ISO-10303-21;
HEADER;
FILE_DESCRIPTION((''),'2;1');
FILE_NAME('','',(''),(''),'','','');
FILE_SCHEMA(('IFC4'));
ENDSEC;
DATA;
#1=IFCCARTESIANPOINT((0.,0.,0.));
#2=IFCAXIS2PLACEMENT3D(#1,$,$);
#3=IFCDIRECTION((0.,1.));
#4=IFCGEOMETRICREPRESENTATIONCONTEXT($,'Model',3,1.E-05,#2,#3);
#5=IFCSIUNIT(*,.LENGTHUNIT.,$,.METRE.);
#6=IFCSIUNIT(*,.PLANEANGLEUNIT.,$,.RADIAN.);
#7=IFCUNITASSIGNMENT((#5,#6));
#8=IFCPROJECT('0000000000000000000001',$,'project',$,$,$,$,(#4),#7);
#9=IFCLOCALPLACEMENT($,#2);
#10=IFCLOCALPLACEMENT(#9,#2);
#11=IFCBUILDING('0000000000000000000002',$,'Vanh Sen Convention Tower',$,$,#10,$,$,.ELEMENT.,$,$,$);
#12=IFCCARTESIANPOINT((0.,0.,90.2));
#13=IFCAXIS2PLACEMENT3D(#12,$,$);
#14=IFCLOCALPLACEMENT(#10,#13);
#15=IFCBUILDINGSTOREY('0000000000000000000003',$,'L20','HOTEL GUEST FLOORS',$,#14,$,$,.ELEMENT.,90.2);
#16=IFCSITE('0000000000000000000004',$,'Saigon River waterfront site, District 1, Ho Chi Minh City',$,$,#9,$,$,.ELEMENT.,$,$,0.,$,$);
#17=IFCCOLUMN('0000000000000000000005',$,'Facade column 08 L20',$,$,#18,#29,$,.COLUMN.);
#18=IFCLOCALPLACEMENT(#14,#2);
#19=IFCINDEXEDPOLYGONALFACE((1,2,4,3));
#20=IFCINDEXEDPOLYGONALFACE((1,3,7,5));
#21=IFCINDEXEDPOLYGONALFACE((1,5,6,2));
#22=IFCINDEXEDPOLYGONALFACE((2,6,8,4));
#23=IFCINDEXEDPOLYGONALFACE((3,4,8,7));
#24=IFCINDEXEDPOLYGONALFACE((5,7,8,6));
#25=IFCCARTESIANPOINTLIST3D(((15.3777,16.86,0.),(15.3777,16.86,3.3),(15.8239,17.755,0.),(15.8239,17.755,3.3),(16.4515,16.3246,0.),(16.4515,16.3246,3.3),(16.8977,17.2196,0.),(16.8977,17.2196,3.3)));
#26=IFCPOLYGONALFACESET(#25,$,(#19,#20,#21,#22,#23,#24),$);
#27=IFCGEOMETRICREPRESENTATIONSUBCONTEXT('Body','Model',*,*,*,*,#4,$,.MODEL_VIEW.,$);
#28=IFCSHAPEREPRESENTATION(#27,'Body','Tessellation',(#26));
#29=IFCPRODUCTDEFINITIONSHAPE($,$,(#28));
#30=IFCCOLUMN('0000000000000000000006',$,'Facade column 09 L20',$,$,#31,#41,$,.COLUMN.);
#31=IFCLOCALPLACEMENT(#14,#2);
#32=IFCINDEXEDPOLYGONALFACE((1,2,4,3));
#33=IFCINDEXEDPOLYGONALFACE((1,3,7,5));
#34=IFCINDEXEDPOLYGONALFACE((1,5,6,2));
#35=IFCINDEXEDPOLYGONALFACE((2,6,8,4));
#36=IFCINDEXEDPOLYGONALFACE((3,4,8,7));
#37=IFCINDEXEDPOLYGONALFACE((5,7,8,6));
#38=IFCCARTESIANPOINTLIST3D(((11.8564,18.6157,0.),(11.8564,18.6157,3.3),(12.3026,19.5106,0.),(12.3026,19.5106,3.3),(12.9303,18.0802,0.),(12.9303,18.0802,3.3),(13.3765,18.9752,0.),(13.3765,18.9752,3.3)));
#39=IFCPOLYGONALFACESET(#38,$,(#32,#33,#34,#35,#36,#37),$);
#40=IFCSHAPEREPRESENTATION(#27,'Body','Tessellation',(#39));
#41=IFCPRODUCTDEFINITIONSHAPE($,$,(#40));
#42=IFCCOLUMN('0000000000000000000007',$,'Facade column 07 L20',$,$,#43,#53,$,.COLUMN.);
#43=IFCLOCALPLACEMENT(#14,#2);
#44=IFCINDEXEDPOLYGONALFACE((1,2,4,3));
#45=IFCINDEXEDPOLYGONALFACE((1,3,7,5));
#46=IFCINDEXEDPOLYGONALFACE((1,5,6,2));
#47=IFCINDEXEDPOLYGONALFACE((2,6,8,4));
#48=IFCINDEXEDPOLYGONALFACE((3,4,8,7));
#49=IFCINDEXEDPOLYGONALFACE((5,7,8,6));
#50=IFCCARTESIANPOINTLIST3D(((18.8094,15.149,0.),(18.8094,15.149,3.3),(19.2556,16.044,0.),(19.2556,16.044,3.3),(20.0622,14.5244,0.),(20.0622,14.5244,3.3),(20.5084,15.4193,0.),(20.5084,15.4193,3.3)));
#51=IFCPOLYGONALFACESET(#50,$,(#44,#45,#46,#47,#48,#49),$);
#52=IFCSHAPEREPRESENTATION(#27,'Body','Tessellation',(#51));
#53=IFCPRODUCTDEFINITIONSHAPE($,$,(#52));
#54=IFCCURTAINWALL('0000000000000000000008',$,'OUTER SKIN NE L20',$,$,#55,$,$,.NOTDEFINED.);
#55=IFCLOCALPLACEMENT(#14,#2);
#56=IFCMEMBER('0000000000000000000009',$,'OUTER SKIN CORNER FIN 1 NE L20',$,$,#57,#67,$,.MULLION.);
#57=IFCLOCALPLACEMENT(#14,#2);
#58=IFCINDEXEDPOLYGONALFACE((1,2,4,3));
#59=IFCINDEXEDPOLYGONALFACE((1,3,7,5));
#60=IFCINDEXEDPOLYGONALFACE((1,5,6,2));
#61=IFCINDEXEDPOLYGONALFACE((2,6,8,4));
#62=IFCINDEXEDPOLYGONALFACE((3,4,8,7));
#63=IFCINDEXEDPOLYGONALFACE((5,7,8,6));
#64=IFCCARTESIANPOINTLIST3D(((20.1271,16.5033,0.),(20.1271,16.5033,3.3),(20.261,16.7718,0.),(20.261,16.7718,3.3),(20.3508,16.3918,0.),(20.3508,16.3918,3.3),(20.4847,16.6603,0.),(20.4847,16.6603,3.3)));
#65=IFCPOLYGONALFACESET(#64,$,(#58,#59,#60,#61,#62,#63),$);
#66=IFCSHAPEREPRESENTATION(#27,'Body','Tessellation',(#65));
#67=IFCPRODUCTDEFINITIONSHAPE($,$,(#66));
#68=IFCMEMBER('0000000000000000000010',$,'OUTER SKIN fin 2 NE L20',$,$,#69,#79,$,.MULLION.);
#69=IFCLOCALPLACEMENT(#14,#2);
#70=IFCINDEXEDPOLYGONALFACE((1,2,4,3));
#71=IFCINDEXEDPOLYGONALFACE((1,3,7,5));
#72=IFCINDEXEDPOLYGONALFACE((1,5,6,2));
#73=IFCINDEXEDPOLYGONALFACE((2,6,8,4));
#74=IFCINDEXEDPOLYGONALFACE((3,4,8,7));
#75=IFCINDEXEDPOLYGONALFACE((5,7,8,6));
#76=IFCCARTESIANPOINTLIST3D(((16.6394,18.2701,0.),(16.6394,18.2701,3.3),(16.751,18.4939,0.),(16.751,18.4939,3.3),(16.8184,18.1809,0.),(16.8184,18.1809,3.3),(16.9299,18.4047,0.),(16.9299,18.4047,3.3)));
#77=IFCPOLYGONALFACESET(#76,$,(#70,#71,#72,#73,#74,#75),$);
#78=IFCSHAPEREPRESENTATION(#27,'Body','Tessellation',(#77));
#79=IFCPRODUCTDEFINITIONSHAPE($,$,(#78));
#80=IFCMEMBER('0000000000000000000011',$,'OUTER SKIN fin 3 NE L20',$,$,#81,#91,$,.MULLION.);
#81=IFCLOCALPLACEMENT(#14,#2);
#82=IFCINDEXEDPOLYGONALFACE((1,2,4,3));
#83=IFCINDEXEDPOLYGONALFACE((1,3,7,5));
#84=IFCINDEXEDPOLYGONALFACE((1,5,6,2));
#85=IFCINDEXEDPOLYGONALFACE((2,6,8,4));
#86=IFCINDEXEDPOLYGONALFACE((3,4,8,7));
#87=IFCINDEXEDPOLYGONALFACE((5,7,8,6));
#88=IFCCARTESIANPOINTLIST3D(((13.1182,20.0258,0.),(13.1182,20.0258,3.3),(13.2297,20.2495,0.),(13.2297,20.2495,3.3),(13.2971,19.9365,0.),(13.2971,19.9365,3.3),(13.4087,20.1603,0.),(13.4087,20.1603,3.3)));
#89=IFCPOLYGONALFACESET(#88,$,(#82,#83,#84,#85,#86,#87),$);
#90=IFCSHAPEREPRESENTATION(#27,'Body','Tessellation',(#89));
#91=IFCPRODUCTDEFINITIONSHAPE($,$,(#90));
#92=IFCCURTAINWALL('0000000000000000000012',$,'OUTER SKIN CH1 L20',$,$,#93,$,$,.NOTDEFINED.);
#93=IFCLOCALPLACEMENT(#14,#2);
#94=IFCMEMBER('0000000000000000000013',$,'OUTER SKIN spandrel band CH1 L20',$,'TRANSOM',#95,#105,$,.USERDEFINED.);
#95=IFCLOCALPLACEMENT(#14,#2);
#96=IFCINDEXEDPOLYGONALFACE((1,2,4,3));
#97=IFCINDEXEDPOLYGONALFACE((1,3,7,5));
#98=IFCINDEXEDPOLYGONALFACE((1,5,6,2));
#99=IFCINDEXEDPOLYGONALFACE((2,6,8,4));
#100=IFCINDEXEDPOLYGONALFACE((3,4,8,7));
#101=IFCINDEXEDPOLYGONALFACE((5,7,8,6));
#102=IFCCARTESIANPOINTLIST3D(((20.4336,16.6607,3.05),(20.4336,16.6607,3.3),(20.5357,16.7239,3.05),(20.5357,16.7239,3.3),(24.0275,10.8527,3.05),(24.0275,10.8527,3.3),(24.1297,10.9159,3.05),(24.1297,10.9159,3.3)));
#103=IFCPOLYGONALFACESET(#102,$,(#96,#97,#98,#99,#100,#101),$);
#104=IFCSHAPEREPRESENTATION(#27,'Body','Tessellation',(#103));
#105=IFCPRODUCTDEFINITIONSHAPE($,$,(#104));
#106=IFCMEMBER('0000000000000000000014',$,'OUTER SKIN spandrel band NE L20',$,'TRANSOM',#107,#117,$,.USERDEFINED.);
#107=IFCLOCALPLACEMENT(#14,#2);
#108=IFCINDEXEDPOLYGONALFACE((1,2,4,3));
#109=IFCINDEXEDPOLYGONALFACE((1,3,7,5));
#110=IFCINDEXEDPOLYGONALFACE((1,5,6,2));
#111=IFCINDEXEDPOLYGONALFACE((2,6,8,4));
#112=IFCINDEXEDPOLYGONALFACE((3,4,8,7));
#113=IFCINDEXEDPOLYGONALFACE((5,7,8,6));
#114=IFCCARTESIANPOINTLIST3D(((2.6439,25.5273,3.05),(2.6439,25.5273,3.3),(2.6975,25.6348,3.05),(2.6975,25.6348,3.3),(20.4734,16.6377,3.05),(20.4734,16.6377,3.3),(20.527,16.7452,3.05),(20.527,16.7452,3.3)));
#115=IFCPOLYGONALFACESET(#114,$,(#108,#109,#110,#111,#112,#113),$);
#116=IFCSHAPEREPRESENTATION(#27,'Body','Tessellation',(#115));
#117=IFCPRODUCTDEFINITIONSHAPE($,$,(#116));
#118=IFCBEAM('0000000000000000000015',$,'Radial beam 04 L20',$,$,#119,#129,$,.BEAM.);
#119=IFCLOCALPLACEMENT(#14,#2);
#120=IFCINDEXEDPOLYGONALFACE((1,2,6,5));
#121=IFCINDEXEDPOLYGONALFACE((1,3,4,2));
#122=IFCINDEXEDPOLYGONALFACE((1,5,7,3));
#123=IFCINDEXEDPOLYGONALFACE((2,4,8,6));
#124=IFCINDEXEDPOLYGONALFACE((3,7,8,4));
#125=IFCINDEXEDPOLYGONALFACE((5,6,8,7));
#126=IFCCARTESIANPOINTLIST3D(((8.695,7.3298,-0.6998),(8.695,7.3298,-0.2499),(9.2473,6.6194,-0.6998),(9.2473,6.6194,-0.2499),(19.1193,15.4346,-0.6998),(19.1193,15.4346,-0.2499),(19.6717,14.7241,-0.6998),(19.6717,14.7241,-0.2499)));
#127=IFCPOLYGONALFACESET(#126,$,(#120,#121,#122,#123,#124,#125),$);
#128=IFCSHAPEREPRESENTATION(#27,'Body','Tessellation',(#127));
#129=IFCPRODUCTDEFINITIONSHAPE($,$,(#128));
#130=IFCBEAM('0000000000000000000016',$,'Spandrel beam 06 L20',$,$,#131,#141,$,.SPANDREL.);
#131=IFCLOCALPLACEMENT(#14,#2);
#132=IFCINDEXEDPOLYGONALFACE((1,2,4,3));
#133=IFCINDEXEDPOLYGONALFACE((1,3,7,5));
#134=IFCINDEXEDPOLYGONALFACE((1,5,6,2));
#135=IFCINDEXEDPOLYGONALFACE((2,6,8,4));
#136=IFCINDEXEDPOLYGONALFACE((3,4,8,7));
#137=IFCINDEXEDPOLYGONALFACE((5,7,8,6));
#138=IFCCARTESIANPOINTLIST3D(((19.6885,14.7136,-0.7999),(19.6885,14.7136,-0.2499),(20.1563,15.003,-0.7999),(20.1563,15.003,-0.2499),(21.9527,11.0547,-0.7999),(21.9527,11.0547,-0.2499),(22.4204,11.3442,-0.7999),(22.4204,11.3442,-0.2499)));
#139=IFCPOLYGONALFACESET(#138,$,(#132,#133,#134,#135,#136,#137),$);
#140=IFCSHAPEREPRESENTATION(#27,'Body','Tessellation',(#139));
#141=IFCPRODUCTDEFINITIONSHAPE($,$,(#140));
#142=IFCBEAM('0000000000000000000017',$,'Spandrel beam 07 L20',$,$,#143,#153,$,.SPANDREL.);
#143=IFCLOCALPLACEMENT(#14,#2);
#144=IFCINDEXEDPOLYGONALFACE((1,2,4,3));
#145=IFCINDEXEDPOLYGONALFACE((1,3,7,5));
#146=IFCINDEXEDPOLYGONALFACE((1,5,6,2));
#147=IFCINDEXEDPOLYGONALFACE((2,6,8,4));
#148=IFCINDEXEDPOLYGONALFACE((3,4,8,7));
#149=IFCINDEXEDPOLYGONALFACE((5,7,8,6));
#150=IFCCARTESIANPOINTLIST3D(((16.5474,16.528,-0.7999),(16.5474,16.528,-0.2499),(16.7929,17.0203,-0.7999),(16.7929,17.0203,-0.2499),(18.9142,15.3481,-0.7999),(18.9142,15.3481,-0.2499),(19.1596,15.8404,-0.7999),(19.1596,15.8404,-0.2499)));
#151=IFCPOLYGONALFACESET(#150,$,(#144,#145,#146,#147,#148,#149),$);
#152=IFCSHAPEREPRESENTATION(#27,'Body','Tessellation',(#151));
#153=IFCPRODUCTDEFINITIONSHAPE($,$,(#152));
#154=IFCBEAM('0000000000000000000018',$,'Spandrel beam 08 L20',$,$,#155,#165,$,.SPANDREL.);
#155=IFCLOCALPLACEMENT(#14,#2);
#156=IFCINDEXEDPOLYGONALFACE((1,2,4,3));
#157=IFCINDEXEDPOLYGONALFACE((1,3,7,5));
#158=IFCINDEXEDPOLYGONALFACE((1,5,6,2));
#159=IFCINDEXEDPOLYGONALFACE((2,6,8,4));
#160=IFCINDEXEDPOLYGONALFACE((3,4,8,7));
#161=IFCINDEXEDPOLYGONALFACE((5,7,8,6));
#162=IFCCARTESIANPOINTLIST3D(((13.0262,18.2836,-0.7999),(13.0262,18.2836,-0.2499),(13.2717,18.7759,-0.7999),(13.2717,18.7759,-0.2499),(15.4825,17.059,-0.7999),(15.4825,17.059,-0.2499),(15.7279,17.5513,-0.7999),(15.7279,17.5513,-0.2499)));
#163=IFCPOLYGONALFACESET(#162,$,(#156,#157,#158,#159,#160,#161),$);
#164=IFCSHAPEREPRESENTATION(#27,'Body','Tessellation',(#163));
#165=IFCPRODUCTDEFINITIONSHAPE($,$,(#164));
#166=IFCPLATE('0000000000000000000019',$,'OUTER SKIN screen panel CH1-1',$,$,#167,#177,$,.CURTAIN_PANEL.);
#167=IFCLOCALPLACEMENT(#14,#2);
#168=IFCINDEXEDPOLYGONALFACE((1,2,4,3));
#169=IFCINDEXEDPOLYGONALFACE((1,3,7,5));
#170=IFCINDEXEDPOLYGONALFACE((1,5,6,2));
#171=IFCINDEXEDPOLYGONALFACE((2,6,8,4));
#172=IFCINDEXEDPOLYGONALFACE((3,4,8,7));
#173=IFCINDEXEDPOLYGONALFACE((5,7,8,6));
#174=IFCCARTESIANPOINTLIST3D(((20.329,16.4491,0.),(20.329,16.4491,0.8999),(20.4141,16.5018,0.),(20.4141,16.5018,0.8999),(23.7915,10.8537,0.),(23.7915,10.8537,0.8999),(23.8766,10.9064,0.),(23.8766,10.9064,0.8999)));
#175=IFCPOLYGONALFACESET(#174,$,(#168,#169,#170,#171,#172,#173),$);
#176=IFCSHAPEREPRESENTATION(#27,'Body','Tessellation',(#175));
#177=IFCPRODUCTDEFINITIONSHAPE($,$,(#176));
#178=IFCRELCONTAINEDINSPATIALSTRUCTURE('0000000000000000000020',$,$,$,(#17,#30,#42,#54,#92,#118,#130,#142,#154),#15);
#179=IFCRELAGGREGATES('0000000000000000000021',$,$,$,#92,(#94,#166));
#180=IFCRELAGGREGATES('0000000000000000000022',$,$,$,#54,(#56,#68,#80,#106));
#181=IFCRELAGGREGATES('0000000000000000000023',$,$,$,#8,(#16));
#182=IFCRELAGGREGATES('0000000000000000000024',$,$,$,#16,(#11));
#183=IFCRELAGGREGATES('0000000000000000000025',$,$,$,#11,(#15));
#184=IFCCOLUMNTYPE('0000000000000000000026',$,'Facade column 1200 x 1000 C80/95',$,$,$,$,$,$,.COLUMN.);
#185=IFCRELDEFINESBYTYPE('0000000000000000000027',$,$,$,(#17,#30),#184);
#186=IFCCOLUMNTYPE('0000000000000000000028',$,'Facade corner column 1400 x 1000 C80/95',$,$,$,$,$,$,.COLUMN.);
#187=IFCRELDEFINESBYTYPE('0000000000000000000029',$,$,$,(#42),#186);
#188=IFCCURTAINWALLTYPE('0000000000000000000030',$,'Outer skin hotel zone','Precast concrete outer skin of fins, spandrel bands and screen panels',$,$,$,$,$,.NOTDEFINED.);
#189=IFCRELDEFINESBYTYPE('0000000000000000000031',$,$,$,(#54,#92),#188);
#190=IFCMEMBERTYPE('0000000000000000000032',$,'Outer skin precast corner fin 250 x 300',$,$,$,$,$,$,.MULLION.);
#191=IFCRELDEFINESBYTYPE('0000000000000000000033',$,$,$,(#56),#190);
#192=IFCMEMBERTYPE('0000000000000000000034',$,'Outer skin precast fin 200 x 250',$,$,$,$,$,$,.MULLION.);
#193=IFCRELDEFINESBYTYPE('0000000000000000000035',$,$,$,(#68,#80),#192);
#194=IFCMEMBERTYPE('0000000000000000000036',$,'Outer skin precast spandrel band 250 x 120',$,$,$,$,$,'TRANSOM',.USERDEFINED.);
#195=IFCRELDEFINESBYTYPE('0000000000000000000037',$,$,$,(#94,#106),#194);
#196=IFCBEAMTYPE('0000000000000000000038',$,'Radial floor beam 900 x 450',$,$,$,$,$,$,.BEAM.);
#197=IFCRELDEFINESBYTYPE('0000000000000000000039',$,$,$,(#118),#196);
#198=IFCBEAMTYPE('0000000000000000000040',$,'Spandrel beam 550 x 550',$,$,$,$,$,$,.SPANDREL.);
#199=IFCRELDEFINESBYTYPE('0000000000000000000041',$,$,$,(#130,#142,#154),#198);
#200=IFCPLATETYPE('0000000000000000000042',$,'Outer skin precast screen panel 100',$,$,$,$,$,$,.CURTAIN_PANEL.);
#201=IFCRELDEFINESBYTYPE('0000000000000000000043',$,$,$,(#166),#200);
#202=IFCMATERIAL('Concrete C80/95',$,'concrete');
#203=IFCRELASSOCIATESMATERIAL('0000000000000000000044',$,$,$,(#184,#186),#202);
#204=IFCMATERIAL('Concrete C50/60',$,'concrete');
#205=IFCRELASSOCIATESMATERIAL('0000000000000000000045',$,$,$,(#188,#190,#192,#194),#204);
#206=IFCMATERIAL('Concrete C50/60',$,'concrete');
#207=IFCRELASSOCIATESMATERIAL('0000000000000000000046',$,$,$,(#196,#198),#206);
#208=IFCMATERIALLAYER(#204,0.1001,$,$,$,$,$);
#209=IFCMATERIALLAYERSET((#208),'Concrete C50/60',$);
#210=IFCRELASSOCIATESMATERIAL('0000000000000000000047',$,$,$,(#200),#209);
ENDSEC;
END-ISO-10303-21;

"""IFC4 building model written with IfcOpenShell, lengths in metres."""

from ifc_helpers import new_model, si_unit, direction, frame, origin, origin_2d, place, context, subcontext, project, spatial, rectangle, extrude, material, layer, layer_set, material_profile, profile_set, type_object, element, aggregate, save


model = new_model("IFC4")

# Units and contexts
model_context = context("Model", 3, precision=1e-05, world=origin(), true_north=direction((0.0, 1.0)))
body_context = subcontext(model_context, "Body", "Model", "MODEL_VIEW")
ifc_project = project(units=[si_unit("LENGTHUNIT", "METRE"), si_unit("PLANEANGLEUNIT", "RADIAN")], contexts=[model_context])

# Site, building, storey
site_placement = place(None, origin())
site = spatial("IfcSite", under=ifc_project, at=site_placement, Name="Saigon River waterfront site, District 1, Ho Chi Minh City", CompositionType="ELEMENT", RefElevation=0.0)
building_placement = place(site_placement, origin())
building = spatial("IfcBuilding", under=site, at=building_placement, Name="Vanh Sen Convention Tower", CompositionType="ELEMENT")
storey_placement = place(building_placement, frame((0.0, 0.0, 90.2)))
storey = spatial("IfcBuildingStorey", under=building, at=storey_placement, Name="L20", Description="HOTEL GUEST FLOORS", CompositionType="ELEMENT", Elevation=90.2)

# Columns
ifc_material_1 = material(Name="Concrete C80/95", Category="concrete")
ifc_material_profile_1 = material_profile(ifc_material_1, rectangle(XDim=1.2, YDim=1.0, at=origin_2d()), Name="RC 1200X1000")
ifc_profile_set_1 = profile_set([ifc_material_profile_1], Name="Concrete C80/95")
column_type_1 = type_object("IfcColumnType", Name="Facade column 1200 x 1000 C80/95", PredefinedType="COLUMN", material=ifc_profile_set_1)
for number, where, z_axis, x_axis, name in (
    (1, (16.1377, 17.0398, 0.0), (0.0, 0.0, 1.0), (-0.894934, 0.446198, 0.0), "Facade column 08 L20"),
    (2, (12.6165, 18.7954, 0.0), (0.0, 0.0, 1.0), (-0.894934, 0.446198, 0.0), "Facade column 09 L20"),
):
    element("IfcColumn", number, at=place(storey_placement, frame(where, z_axis=z_axis, x_axis=x_axis)), inside=storey, type_object=column_type_1, Name=name, PredefinedType="COLUMN", context=body_context, shape_type="SweptSolid", body=[
        extrude(rectangle(XDim=1.2, YDim=1.0, at=origin_2d()), origin(), (0.0, 0.0, 1.0), 3.3),
    ])
ifc_material_profile_2 = material_profile(ifc_material_1, rectangle(XDim=1.3999, YDim=1.0, at=origin_2d()), Name="RC 1400X1000")
ifc_profile_set_2 = profile_set([ifc_material_profile_2], Name="Concrete C80/95")
column_type_2 = type_object("IfcColumnType", Name="Facade corner column 1400 x 1000 C80/95", PredefinedType="COLUMN", material=ifc_profile_set_2)
column_placement = place(storey_placement, frame((19.6589, 15.2842, 0.0), z_axis=(0.0, 0.0, 1.0), x_axis=(-0.894934, 0.446198, 0.0)))
element("IfcColumn", 3, at=column_placement, inside=storey, type_object=column_type_2, Name="Facade column 07 L20", PredefinedType="COLUMN", context=body_context, shape_type="SweptSolid", body=[
    extrude(rectangle(XDim=1.3999, YDim=1.0, at=origin_2d()), origin(), (0.0, 0.0, 1.0), 3.3),
])

# Curtain wall, members
ifc_material_2 = material(Name="Concrete C50/60", Category="concrete")
curtain_wall_type = type_object("IfcCurtainWallType", Name="Outer skin hotel zone", Description="Precast concrete outer skin of fins, spandrel bands and screen panels", PredefinedType="NOTDEFINED", material=ifc_material_2)
curtain_wall_1_placement = place(storey_placement, origin())
curtain_wall_1 = element("IfcCurtainWall", 4, at=curtain_wall_1_placement, inside=storey, type_object=curtain_wall_type, Name="OUTER SKIN NE L20", PredefinedType="NOTDEFINED")
ifc_material_profile_3 = material_profile(ifc_material_2, rectangle(XDim=0.25, YDim=0.3, at=origin_2d()), Name="Outer skin precast corner fin 250 x 300")
ifc_profile_set_3 = profile_set([ifc_material_profile_3], Name="Concrete C50/60")
member_type_1 = type_object("IfcMemberType", Name="Outer skin precast corner fin 250 x 300", PredefinedType="MULLION", material=ifc_profile_set_3)
member_1_placement = place(storey_placement, frame((20.3059, 16.5818, 0.0), z_axis=(0.0, 0.0, 1.0), x_axis=(-0.894934, 0.446198, 0.0)))
member_1 = element("IfcMember", 5, at=member_1_placement, type_object=member_type_1, Name="OUTER SKIN CORNER FIN 1 NE L20", PredefinedType="MULLION", context=body_context, shape_type="SweptSolid", body=[
    extrude(rectangle(XDim=0.25, YDim=0.3, at=origin_2d()), origin(), (0.0, 0.0, 1.0), 3.3),
])
ifc_material_profile_4 = material_profile(ifc_material_2, rectangle(XDim=0.2, YDim=0.25, at=origin_2d()), Name="Outer skin precast fin 200 x 250")
ifc_profile_set_4 = profile_set([ifc_material_profile_4], Name="Concrete C50/60")
member_type_2 = type_object("IfcMemberType", Name="Outer skin precast fin 200 x 250", PredefinedType="MULLION", material=ifc_profile_set_4)
member_2_placement = place(storey_placement, frame((16.7847, 18.3374, 0.0), z_axis=(0.0, 0.0, 1.0), x_axis=(-0.894934, 0.446198, 0.0)))
member_2 = element("IfcMember", 6, at=member_2_placement, type_object=member_type_2, Name="OUTER SKIN fin 2 NE L20", PredefinedType="MULLION", context=body_context, shape_type="SweptSolid", body=[
    extrude(rectangle(XDim=0.2, YDim=0.25, at=origin_2d()), origin(), (0.0, 0.0, 1.0), 3.3),
])
member_3_placement = place(storey_placement, frame((13.2634, 20.093, 0.0), z_axis=(0.0, 0.0, 1.0), x_axis=(-0.894934, 0.446198, 0.0)))
member_3 = element("IfcMember", 7, at=member_3_placement, type_object=member_type_2, Name="OUTER SKIN fin 3 NE L20", PredefinedType="MULLION", context=body_context, shape_type="SweptSolid", body=[
    extrude(rectangle(XDim=0.2, YDim=0.25, at=origin_2d()), origin(), (0.0, 0.0, 1.0), 3.3),
])

# Curtain wall, member
curtain_wall_2_placement = place(storey_placement, origin())
curtain_wall_2 = element("IfcCurtainWall", 8, at=curtain_wall_2_placement, inside=storey, type_object=curtain_wall_type, Name="OUTER SKIN CH1 L20", PredefinedType="NOTDEFINED")
ifc_material_profile_5 = material_profile(ifc_material_2, rectangle(XDim=0.1201, YDim=0.25, at=origin_2d()), Name="Outer skin precast spandrel band 250 x 120")
ifc_profile_set_5 = profile_set([ifc_material_profile_5], Name="Concrete C50/60")
member_type_3 = type_object("IfcMemberType", Name="Outer skin precast spandrel band 250 x 120", ElementType="TRANSOM", PredefinedType="USERDEFINED", material=ifc_profile_set_5)
member_4_placement = place(storey_placement, frame((24.0786, 10.8843, 3.175), z_axis=(-0.526196, 0.850363, 0.0), x_axis=(-0.850363, -0.526196, 0.0)))
member_4 = element("IfcMember", 9, at=member_4_placement, type_object=member_type_3, Name="OUTER SKIN spandrel band CH1 L20", ObjectType="TRANSOM", PredefinedType="USERDEFINED", context=body_context, shape_type="SweptSolid", body=[
    extrude(rectangle(XDim=0.1201, YDim=0.25, at=origin_2d()), origin(), (0.0, 0.0, 1.0), 6.8301),
])

# Member
member_5_placement = place(storey_placement, frame((20.5002, 16.6914, 3.175), z_axis=(-0.894931, 0.446204, 0.0), x_axis=(-0.446204, -0.894931, 0.0)))
member_5 = element("IfcMember", 10, at=member_5_placement, type_object=member_type_3, Name="OUTER SKIN spandrel band NE L20", ObjectType="TRANSOM", PredefinedType="USERDEFINED", context=body_context, shape_type="SweptSolid", body=[
    extrude(rectangle(XDim=0.1201, YDim=0.25, at=origin_2d()), origin(), (0.0, 0.0, 1.0), 19.9229),
])

# Beams
ifc_material_3 = material(Name="Concrete C50/60", Category="concrete")
ifc_material_profile_6 = material_profile(ifc_material_3, rectangle(XDim=0.8999, YDim=0.45, at=origin_2d()), Name="RC 900X450")
ifc_profile_set_6 = profile_set([ifc_material_profile_6], Name="Concrete C50/60")
beam_type_1 = type_object("IfcBeamType", Name="Radial floor beam 900 x 450", PredefinedType="BEAM", material=ifc_profile_set_6)
beam_1_placement = place(storey_placement, frame((19.3955, 15.0793, -0.4749), z_axis=(-0.789465, -0.613796, 0.0), x_axis=(0.613796, -0.789465, 0.0)))
element("IfcBeam", 11, at=beam_1_placement, inside=storey, type_object=beam_type_1, Name="Radial beam 04 L20", PredefinedType="BEAM", context=body_context, shape_type="SweptSolid", body=[
    extrude(rectangle(XDim=0.8999, YDim=0.45, at=origin_2d()), origin(), (0.0, 0.0, 1.0), 13.2043),
])
ifc_material_profile_7 = material_profile(ifc_material_3, rectangle(XDim=0.55, YDim=0.55, at=origin_2d()), Name="RC 550X550")
ifc_profile_set_7 = profile_set([ifc_material_profile_7], Name="Concrete C50/60")
beam_type_2 = type_object("IfcBeamType", Name="Spandrel beam 550 x 550", PredefinedType="SPANDREL", material=ifc_profile_set_7)
beam_2_placement = place(storey_placement, frame((22.1865, 11.1995, -0.5249), z_axis=(-0.526204, 0.850358, 0.0), x_axis=(-0.850358, -0.526204, 0.0)))
element("IfcBeam", 12, at=beam_2_placement, inside=storey, type_object=beam_type_2, Name="Spandrel beam 06 L20", PredefinedType="SPANDREL", context=body_context, shape_type="SweptSolid", body=[
    extrude(rectangle(XDim=0.55, YDim=0.55, at=origin_2d()), origin(), (0.0, 0.0, 1.0), 4.3027),
])
beam_3_placement = place(storey_placement, frame((19.0369, 15.5942, -0.5249), z_axis=(-0.894944, 0.446179, 0.0), x_axis=(-0.446179, -0.894944, 0.0)))
element("IfcBeam", 13, at=beam_3_placement, inside=storey, type_object=beam_type_2, Name="Spandrel beam 07 L20", PredefinedType="SPANDREL", context=body_context, shape_type="SweptSolid", body=[
    extrude(rectangle(XDim=0.55, YDim=0.55, at=origin_2d()), origin(), (0.0, 0.0, 1.0), 2.6445),
])
beam_4_placement = place(storey_placement, frame((15.6052, 17.3052, -0.5249), z_axis=(-0.894943, 0.446181, 0.0), x_axis=(-0.446181, -0.894943, 0.0)))
element("IfcBeam", 14, at=beam_4_placement, inside=storey, type_object=beam_type_2, Name="Spandrel beam 08 L20", PredefinedType="SPANDREL", context=body_context, shape_type="SweptSolid", body=[
    extrude(rectangle(XDim=0.55, YDim=0.55, at=origin_2d()), origin(), (0.0, 0.0, 1.0), 2.7446),
])

# Plate
ifc_layer_1 = layer(ifc_material_2, 0.1001)
ifc_layer_set_1 = layer_set([ifc_layer_1], Name="Concrete C50/60")
plate_type = type_object("IfcPlateType", Name="Outer skin precast screen panel 100", PredefinedType="CURTAIN_PANEL", material=ifc_layer_set_1)
plate_1_placement = place(storey_placement, frame((22.1028, 13.6777, 0.0), z_axis=(0.0, 0.0, 1.0), x_axis=(-0.526212, 0.850353, 0.0)))
plate_1 = element("IfcPlate", 15, at=plate_1_placement, type_object=plate_type, Name="OUTER SKIN screen panel CH1-1", PredefinedType="CURTAIN_PANEL", context=body_context, shape_type="SweptSolid", body=[
    extrude(rectangle(XDim=6.5801, YDim=0.1001, at=origin_2d()), origin(), (0.0, 0.0, 1.0), 0.8999),
])
aggregate(curtain_wall_2, [member_4, plate_1])
aggregate(curtain_wall_1, [member_1, member_2, member_3, member_5])

save(model, "model.ifc")
